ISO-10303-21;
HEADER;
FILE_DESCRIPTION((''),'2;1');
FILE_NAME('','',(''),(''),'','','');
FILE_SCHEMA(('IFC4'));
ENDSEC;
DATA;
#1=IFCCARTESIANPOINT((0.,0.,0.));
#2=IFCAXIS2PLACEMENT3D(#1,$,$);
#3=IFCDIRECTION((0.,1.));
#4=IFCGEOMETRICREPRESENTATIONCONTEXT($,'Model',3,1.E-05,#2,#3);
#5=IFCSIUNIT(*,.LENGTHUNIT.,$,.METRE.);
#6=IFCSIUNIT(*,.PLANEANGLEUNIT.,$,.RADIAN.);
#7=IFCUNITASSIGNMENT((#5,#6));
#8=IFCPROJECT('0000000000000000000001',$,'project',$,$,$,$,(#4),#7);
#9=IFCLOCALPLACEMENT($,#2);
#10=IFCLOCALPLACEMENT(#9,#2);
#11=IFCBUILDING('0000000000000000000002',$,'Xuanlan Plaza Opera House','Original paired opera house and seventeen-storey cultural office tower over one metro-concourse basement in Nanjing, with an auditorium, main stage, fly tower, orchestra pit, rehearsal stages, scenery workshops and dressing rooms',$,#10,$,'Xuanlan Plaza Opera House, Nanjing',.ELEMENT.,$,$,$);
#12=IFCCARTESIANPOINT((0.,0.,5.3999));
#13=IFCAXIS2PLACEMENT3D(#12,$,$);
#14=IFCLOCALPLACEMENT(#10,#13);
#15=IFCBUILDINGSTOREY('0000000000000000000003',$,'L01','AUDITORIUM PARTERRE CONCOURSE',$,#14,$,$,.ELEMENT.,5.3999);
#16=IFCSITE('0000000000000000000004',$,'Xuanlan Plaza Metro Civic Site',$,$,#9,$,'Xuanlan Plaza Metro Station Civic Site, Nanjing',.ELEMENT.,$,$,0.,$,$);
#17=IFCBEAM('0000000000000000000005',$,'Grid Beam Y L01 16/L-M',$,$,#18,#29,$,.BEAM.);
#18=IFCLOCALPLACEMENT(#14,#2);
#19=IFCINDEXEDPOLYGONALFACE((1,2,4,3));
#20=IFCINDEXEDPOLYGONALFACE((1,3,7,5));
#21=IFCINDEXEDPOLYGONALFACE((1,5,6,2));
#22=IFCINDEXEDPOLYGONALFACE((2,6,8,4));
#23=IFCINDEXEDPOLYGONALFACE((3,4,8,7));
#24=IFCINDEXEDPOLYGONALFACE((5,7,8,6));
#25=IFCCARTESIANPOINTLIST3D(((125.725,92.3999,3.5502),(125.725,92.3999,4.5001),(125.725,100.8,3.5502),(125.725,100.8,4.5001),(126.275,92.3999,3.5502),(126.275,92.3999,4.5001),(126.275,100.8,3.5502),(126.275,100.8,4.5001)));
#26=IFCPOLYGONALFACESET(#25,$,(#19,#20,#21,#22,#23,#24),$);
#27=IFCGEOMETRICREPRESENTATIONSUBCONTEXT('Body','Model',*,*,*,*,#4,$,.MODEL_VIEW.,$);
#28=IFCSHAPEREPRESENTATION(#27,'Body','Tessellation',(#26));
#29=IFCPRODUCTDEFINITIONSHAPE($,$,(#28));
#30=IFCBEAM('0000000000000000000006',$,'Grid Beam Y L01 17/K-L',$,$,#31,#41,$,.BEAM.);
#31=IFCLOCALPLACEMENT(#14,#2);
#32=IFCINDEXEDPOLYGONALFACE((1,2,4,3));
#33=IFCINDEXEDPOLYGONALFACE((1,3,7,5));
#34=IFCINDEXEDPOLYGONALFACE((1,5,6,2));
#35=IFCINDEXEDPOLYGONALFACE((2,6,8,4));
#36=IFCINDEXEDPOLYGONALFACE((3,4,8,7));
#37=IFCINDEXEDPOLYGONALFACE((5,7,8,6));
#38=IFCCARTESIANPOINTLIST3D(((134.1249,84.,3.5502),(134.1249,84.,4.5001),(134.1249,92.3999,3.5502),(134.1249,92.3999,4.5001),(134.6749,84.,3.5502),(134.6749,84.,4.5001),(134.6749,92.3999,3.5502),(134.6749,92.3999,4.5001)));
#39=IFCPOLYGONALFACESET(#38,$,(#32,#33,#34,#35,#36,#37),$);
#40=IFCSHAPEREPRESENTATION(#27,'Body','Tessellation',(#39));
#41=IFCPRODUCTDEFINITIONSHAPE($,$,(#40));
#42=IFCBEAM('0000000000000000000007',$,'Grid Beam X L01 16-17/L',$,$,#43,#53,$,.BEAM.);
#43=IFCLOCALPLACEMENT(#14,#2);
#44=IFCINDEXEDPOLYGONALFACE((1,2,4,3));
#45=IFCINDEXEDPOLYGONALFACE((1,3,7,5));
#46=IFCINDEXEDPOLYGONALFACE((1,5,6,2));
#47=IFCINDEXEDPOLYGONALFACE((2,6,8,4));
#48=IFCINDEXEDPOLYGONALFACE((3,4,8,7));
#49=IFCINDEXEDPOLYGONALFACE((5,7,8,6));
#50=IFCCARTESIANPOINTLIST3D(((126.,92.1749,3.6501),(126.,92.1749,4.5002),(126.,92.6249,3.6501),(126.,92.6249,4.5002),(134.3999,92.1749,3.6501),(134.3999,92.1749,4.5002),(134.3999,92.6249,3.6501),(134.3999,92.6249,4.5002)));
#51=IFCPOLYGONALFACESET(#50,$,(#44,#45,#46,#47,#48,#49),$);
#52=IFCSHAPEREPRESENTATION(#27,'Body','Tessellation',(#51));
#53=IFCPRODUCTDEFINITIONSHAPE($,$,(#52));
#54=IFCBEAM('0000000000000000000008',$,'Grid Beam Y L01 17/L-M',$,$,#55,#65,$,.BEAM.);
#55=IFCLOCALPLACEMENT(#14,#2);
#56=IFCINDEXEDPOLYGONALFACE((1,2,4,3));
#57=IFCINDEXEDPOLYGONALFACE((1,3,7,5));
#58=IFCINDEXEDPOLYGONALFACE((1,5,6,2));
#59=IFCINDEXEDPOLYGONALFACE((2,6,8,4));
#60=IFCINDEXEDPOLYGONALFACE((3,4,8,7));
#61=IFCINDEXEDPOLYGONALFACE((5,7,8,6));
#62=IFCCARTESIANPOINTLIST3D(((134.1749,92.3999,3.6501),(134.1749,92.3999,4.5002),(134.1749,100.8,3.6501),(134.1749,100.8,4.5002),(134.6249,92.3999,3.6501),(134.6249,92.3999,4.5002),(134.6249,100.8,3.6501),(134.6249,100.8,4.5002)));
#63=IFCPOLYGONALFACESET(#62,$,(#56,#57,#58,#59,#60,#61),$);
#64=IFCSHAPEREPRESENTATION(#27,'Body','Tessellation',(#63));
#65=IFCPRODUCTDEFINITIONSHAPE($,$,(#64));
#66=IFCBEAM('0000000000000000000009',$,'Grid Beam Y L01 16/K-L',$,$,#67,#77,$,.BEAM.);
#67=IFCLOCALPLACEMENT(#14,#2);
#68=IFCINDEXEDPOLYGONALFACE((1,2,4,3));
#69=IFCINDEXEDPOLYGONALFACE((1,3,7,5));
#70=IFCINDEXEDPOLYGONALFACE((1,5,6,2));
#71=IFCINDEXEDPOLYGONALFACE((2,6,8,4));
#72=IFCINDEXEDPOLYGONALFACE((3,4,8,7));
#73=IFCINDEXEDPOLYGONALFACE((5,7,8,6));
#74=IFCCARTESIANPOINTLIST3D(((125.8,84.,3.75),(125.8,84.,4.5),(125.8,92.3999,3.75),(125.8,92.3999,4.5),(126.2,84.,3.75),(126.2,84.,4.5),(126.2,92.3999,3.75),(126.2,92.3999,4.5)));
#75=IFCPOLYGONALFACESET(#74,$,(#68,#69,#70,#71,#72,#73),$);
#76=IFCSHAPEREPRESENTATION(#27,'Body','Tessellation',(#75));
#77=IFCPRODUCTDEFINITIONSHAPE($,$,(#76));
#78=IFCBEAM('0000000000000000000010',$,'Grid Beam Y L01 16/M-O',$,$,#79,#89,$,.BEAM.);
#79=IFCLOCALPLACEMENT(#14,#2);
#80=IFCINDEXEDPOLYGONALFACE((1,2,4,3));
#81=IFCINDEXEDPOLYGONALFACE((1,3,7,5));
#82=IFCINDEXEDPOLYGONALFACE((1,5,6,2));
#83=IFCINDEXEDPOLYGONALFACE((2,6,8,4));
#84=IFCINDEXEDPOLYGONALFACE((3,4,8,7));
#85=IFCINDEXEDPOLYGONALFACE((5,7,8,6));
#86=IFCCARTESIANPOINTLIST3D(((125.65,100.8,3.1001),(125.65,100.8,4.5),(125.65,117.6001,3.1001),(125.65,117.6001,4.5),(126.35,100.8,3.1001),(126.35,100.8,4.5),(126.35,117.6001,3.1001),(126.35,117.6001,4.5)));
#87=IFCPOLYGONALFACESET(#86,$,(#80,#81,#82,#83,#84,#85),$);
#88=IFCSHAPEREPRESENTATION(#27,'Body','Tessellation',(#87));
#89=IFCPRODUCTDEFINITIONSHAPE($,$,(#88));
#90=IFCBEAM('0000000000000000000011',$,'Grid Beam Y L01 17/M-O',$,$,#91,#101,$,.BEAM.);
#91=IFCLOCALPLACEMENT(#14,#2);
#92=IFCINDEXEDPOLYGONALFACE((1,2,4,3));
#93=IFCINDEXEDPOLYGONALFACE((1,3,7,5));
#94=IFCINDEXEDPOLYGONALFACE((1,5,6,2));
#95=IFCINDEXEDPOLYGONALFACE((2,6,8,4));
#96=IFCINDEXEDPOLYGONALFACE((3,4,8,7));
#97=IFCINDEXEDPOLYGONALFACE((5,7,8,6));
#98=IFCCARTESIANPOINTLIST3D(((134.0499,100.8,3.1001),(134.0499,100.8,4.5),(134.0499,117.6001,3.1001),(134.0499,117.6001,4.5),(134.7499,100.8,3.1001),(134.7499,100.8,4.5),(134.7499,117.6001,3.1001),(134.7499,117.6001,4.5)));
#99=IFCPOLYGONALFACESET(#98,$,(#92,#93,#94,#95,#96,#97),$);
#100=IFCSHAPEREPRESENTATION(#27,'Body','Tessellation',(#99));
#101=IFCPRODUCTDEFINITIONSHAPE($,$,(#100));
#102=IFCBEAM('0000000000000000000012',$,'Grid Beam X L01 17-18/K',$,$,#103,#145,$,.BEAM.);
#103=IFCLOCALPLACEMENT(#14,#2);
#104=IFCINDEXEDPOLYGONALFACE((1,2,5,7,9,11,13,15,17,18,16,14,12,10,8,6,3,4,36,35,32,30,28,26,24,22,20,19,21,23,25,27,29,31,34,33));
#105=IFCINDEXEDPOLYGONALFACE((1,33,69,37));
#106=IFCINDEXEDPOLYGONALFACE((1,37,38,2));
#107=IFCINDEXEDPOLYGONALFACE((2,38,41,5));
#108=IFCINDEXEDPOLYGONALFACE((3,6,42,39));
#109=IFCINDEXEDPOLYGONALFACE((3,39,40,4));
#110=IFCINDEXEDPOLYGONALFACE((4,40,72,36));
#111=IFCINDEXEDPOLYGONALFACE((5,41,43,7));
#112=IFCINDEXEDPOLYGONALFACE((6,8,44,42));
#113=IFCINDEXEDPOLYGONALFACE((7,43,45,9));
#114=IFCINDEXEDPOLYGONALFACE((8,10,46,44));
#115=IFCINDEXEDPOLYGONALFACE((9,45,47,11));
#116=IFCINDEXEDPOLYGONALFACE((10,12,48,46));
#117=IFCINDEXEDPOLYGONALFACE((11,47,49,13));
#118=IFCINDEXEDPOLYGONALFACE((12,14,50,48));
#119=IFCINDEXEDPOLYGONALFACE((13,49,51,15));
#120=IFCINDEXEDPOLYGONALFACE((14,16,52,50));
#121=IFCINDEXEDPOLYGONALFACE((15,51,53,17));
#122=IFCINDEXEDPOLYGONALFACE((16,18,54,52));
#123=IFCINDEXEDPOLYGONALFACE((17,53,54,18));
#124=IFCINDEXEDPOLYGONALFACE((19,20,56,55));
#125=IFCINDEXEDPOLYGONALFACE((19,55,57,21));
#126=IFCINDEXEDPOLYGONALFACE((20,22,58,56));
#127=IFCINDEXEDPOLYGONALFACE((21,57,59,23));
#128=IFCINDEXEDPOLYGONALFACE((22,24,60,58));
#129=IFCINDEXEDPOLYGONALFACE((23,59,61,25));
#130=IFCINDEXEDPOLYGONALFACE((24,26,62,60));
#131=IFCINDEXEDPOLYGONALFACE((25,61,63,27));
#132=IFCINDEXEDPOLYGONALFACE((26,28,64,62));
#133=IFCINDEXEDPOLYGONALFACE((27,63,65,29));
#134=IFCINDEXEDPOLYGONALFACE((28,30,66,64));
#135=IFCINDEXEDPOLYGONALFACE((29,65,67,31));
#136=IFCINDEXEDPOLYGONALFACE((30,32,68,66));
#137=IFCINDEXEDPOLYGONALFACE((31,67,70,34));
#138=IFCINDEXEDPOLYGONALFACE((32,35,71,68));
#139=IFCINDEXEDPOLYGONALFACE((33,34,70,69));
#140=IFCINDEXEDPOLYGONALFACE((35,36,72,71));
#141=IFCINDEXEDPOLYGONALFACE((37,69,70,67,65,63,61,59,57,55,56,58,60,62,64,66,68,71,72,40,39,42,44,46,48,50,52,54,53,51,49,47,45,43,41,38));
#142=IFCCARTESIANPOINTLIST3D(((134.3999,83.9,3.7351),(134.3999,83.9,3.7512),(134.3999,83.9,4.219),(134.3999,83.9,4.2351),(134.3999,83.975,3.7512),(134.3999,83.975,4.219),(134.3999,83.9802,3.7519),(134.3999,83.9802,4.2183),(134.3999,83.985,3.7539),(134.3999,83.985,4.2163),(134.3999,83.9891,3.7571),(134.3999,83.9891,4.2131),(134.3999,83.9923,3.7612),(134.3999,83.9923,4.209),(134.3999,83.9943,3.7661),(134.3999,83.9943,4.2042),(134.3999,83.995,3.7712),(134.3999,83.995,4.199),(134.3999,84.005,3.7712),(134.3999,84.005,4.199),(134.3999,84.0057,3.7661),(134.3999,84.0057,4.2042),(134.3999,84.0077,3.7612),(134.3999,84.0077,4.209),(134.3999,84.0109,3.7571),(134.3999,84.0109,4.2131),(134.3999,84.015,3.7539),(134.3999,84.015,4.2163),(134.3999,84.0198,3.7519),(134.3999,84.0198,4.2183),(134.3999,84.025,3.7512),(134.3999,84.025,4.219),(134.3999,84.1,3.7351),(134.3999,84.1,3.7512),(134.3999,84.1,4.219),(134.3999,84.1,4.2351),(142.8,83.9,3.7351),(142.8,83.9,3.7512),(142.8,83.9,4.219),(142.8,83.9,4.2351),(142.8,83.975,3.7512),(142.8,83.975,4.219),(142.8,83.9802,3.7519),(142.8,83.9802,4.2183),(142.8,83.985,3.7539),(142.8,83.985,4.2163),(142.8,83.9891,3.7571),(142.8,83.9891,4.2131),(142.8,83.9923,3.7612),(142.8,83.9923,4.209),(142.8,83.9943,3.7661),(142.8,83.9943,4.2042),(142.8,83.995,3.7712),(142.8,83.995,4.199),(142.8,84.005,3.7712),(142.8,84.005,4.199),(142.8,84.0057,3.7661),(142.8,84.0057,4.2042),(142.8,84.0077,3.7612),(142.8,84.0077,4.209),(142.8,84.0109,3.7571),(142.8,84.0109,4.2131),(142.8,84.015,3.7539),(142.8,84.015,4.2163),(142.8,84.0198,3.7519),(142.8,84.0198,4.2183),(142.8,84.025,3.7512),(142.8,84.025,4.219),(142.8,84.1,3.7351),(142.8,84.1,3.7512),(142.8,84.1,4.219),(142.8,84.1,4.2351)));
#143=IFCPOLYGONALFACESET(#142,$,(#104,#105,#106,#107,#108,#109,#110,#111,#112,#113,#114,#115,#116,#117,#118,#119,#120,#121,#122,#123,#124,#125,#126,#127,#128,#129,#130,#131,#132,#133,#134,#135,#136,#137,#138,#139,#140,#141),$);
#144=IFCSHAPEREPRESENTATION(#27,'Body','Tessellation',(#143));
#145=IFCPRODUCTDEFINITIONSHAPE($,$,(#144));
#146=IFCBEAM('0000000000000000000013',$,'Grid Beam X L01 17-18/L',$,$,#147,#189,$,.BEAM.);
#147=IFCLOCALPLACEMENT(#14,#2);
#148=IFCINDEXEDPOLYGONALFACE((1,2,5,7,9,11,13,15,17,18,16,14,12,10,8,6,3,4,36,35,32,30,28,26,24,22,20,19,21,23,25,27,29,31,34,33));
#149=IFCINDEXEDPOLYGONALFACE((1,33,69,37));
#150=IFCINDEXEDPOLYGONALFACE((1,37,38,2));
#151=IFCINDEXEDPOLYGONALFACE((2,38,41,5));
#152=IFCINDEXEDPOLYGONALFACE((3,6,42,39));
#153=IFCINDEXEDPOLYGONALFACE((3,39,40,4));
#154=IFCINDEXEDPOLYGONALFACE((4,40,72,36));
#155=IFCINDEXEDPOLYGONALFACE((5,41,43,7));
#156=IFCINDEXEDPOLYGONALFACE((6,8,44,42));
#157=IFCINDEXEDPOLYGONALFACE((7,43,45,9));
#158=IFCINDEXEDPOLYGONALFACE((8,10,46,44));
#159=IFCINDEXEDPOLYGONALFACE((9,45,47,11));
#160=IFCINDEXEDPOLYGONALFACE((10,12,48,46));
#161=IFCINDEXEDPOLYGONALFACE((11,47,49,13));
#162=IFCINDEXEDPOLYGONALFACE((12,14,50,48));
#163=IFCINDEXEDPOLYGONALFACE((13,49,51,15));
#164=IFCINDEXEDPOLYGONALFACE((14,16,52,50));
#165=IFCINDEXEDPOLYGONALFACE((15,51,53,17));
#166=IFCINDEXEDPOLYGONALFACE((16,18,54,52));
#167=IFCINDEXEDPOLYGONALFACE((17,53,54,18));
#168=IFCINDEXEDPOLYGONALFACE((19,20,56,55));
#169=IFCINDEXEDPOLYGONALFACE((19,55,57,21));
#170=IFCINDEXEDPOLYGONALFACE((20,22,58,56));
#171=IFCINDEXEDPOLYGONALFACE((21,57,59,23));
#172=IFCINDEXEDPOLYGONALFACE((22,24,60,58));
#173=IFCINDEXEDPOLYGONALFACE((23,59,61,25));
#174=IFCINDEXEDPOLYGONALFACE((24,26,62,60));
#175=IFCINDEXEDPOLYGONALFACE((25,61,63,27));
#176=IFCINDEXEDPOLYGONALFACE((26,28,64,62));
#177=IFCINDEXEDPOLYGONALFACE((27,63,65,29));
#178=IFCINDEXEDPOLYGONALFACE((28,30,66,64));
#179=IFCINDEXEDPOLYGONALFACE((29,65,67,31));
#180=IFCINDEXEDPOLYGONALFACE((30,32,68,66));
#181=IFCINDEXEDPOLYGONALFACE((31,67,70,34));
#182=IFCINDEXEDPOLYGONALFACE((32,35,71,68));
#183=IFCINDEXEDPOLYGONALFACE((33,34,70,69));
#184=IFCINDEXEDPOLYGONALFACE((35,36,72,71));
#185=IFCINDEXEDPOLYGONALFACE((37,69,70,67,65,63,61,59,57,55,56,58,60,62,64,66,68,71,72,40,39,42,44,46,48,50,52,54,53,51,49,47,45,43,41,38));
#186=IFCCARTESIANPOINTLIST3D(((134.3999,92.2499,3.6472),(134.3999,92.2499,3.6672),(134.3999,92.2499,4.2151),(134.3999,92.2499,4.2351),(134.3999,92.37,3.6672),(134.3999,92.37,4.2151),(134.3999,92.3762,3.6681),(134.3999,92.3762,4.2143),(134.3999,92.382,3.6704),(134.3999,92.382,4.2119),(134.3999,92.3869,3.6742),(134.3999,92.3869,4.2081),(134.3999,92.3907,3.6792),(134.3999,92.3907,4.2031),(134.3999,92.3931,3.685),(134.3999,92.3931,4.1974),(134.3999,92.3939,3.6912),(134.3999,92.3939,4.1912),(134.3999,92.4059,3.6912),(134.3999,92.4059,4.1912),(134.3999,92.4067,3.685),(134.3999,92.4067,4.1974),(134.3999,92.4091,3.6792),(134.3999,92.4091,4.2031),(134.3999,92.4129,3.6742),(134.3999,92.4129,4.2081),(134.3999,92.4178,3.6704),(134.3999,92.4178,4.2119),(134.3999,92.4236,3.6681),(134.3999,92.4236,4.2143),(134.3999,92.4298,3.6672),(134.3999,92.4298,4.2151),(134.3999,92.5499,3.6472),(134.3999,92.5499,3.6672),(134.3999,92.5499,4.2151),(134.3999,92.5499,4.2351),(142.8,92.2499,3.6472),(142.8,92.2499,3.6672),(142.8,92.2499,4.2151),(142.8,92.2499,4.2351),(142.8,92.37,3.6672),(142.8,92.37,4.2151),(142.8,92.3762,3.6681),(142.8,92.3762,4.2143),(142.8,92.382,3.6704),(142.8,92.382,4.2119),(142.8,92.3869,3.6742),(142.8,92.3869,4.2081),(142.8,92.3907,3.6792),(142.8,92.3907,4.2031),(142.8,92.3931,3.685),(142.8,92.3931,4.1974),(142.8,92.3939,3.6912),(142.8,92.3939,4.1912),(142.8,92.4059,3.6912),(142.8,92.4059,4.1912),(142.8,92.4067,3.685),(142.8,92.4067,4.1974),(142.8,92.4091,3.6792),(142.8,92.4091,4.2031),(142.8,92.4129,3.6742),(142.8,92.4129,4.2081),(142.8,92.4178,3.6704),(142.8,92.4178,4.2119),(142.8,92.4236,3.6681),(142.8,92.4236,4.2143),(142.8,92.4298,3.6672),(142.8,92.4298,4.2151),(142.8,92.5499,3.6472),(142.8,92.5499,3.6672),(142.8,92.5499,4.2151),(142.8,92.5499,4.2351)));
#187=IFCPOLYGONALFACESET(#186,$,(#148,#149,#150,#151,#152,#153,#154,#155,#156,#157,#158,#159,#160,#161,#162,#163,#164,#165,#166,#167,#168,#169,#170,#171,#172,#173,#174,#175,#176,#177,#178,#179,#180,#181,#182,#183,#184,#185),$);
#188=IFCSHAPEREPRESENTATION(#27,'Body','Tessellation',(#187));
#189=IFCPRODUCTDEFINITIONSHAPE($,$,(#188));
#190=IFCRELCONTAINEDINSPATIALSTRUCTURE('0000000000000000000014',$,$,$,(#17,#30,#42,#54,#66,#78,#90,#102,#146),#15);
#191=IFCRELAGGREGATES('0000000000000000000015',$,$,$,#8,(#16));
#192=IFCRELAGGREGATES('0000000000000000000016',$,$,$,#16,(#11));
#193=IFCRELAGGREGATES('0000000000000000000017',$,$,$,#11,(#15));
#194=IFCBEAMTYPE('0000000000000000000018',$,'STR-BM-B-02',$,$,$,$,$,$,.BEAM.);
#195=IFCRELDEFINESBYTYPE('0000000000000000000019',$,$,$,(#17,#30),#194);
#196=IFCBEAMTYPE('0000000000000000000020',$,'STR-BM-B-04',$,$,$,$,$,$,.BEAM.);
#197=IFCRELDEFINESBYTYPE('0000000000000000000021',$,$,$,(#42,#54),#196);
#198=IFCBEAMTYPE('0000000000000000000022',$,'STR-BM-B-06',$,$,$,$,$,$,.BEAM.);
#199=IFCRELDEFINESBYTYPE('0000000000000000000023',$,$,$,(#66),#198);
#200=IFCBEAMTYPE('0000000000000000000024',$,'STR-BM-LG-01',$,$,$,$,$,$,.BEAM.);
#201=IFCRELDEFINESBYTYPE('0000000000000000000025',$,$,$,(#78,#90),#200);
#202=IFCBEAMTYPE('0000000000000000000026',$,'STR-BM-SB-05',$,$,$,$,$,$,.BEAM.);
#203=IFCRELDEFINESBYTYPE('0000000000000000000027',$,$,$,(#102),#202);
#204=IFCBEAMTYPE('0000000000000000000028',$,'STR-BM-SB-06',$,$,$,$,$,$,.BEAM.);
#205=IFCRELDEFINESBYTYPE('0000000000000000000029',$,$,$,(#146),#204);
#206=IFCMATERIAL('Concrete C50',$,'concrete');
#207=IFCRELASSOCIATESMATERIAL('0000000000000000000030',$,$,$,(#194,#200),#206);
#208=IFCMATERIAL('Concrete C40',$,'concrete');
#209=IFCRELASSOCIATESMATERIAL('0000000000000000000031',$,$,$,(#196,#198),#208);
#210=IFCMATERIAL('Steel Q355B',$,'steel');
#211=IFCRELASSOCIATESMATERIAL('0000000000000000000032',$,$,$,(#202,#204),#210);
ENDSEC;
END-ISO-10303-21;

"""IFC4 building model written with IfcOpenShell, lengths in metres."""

from ifc_helpers import new_model, si_unit, direction, frame, origin, origin_2d, place, context, subcontext, project, spatial, rectangle, i_section, extrude, material, material_profile, profile_set, type_object, element, save


model = new_model("IFC4")

# Units and contexts
model_context = context("Model", 3, precision=1e-05, world=origin(), true_north=direction((0.0, 1.0)))
body_context = subcontext(model_context, "Body", "Model", "MODEL_VIEW")
ifc_project = project(units=[si_unit("LENGTHUNIT", "METRE"), si_unit("PLANEANGLEUNIT", "RADIAN")], contexts=[model_context])

# Site, building, storey
site_placement = place(None, origin())
site = spatial("IfcSite", under=ifc_project, at=site_placement, Name="Xuanlan Plaza Metro Civic Site", LongName="Xuanlan Plaza Metro Station Civic Site, Nanjing", CompositionType="ELEMENT", RefElevation=0.0)
building_placement = place(site_placement, origin())
building = spatial("IfcBuilding", under=site, at=building_placement, Name="Xuanlan Plaza Opera House", Description="Original paired opera house and seventeen-storey cultural office tower over one metro-concourse basement in Nanjing, with an auditorium, main stage, fly tower, orchestra pit, rehearsal stages, scenery workshops and dressing rooms", LongName="Xuanlan Plaza Opera House, Nanjing", CompositionType="ELEMENT")
storey_placement = place(building_placement, frame((0.0, 0.0, 5.3999)))
storey = spatial("IfcBuildingStorey", under=building, at=storey_placement, Name="L01", Description="AUDITORIUM PARTERRE CONCOURSE", CompositionType="ELEMENT", Elevation=5.3999)

# Shared definitions
ifc_material_1 = material(Name="Concrete C40", Category="concrete")

# Beams
ifc_material_2 = material(Name="Concrete C50", Category="concrete")
ifc_material_profile_1 = material_profile(ifc_material_2, rectangle(XDim=0.55, YDim=0.95, at=origin_2d()), Name="RC-BM 550x950")
ifc_profile_set_1 = profile_set([ifc_material_profile_1], Name="Concrete C50")
beam_type_1 = type_object("IfcBeamType", Name="STR-BM-B-02", PredefinedType="BEAM", material=ifc_profile_set_1)
beam_1_placement = place(storey_placement, frame((126.0, 92.3999, 4.0251), z_axis=(0.0, 1.0, 0.0), x_axis=(-1.0, 0.0, 0.0)))
element("IfcBeam", 1, at=beam_1_placement, inside=storey, type_object=beam_type_1, Name="Grid Beam Y L01 16/L-M", PredefinedType="BEAM", context=body_context, shape_type="SweptSolid", body=[
    extrude(rectangle(XDim=0.55, YDim=0.95, at=origin_2d()), origin(), (0.0, 0.0, 1.0), 8.4001),
])
beam_2_placement = place(storey_placement, frame((134.3999, 84.0, 4.0251), z_axis=(0.0, 1.0, 0.0), x_axis=(-1.0, 0.0, 0.0)))
element("IfcBeam", 2, at=beam_2_placement, inside=storey, type_object=beam_type_1, Name="Grid Beam Y L01 17/K-L", PredefinedType="BEAM", context=body_context, shape_type="SweptSolid", body=[
    extrude(rectangle(XDim=0.55, YDim=0.95, at=origin_2d()), origin(), (0.0, 0.0, 1.0), 8.3999),
])
ifc_material_profile_2 = material_profile(ifc_material_1, rectangle(XDim=0.45, YDim=0.8501, at=origin_2d()), Name="RC-BM 450x850")
ifc_profile_set_2 = profile_set([ifc_material_profile_2], Name="Concrete C40")
beam_type_2 = type_object("IfcBeamType", Name="STR-BM-B-04", PredefinedType="BEAM", material=ifc_profile_set_2)
beam_3_placement = place(storey_placement, frame((126.0, 92.3999, 4.0752), z_axis=(1.0, 0.0, 0.0), x_axis=(0.0, 1.0, 0.0)))
element("IfcBeam", 3, at=beam_3_placement, inside=storey, type_object=beam_type_2, Name="Grid Beam X L01 16-17/L", PredefinedType="BEAM", context=body_context, shape_type="SweptSolid", body=[
    extrude(rectangle(XDim=0.45, YDim=0.8501, at=origin_2d()), origin(), (0.0, 0.0, 1.0), 8.3999),
])
beam_4_placement = place(storey_placement, frame((134.3999, 92.3999, 4.0752), z_axis=(0.0, 1.0, 0.0), x_axis=(-1.0, 0.0, 0.0)))
element("IfcBeam", 4, at=beam_4_placement, inside=storey, type_object=beam_type_2, Name="Grid Beam Y L01 17/L-M", PredefinedType="BEAM", context=body_context, shape_type="SweptSolid", body=[
    extrude(rectangle(XDim=0.45, YDim=0.8501, at=origin_2d()), origin(), (0.0, 0.0, 1.0), 8.4001),
])
ifc_material_profile_3 = material_profile(ifc_material_1, rectangle(XDim=0.3999, YDim=0.75, at=origin_2d()), Name="RC-BM 400x750")
ifc_profile_set_3 = profile_set([ifc_material_profile_3], Name="Concrete C40")
beam_type_3 = type_object("IfcBeamType", Name="STR-BM-B-06", PredefinedType="BEAM", material=ifc_profile_set_3)
beam_5_placement = place(storey_placement, frame((126.0, 84.0, 4.125), z_axis=(0.0, 1.0, 0.0), x_axis=(-1.0, 0.0, 0.0)))
element("IfcBeam", 5, at=beam_5_placement, inside=storey, type_object=beam_type_3, Name="Grid Beam Y L01 16/K-L", PredefinedType="BEAM", context=body_context, shape_type="SweptSolid", body=[
    extrude(rectangle(XDim=0.3999, YDim=0.75, at=origin_2d()), origin(), (0.0, 0.0, 1.0), 8.3999),
])
ifc_material_profile_4 = material_profile(ifc_material_2, rectangle(XDim=0.7, YDim=1.3999, at=origin_2d()), Name="RC-LG 700x1400")
ifc_profile_set_4 = profile_set([ifc_material_profile_4], Name="Concrete C50")
beam_type_4 = type_object("IfcBeamType", Name="STR-BM-LG-01", PredefinedType="BEAM", material=ifc_profile_set_4)
for number, where, z_axis, x_axis, name in (
    (6, (126.0, 100.8, 3.8), (0.0, 1.0, 0.0), (-1.0, 0.0, 0.0), "Grid Beam Y L01 16/M-O"),
    (7, (134.3999, 100.8, 3.8), (0.0, 1.0, 0.0), (-1.0, 0.0, 0.0), "Grid Beam Y L01 17/M-O"),
):
    element("IfcBeam", number, at=place(storey_placement, frame(where, z_axis=z_axis, x_axis=x_axis)), inside=storey, type_object=beam_type_4, Name=name, PredefinedType="BEAM", context=body_context, shape_type="SweptSolid", body=[
        extrude(rectangle(XDim=0.7, YDim=1.3999, at=origin_2d()), origin(), (0.0, 0.0, 1.0), 16.8),
    ])
ifc_material_3 = material(Name="Steel Q355B", Category="steel")
ifc_material_profile_5 = material_profile(ifc_material_3, i_section(OverallWidth=0.2, OverallDepth=0.5, WebThickness=0.01, FlangeThickness=0.0161, FilletRadius=0.02, at=origin_2d()), Name="HN 500x200x10x16")
ifc_profile_set_5 = profile_set([ifc_material_profile_5], Name="Steel Q355B")
beam_type_5 = type_object("IfcBeamType", Name="STR-BM-SB-05", PredefinedType="BEAM", material=ifc_profile_set_5)
beam_6_placement = place(storey_placement, frame((134.3999, 84.0, 3.9851), z_axis=(1.0, 0.0, 0.0), x_axis=(0.0, 1.0, 0.0)))
element("IfcBeam", 8, at=beam_6_placement, inside=storey, type_object=beam_type_5, Name="Grid Beam X L01 17-18/K", PredefinedType="BEAM", context=body_context, shape_type="SweptSolid", body=[
    extrude(i_section(OverallWidth=0.2, OverallDepth=0.5, WebThickness=0.01, FlangeThickness=0.0161, FilletRadius=0.02, at=origin_2d()), origin(), (0.0, 0.0, 1.0), 8.4001),
])
ifc_material_profile_6 = material_profile(ifc_material_3, i_section(OverallWidth=0.3, OverallDepth=0.5879, WebThickness=0.012, FlangeThickness=0.02, FilletRadius=0.0239, at=origin_2d()), Name="HM 588x300x12x20")
ifc_profile_set_6 = profile_set([ifc_material_profile_6], Name="Steel Q355B")
beam_type_6 = type_object("IfcBeamType", Name="STR-BM-SB-06", PredefinedType="BEAM", material=ifc_profile_set_6)
beam_7_placement = place(storey_placement, frame((134.3999, 92.3999, 3.9412), z_axis=(1.0, 0.0, 0.0), x_axis=(0.0, 1.0, 0.0)))
element("IfcBeam", 9, at=beam_7_placement, inside=storey, type_object=beam_type_6, Name="Grid Beam X L01 17-18/L", PredefinedType="BEAM", context=body_context, shape_type="SweptSolid", body=[
    extrude(i_section(OverallWidth=0.3, OverallDepth=0.5879, WebThickness=0.012, FlangeThickness=0.02, FilletRadius=0.0239, at=origin_2d()), origin(), (0.0, 0.0, 1.0), 8.4001),
])

save(model, "model.ifc")
